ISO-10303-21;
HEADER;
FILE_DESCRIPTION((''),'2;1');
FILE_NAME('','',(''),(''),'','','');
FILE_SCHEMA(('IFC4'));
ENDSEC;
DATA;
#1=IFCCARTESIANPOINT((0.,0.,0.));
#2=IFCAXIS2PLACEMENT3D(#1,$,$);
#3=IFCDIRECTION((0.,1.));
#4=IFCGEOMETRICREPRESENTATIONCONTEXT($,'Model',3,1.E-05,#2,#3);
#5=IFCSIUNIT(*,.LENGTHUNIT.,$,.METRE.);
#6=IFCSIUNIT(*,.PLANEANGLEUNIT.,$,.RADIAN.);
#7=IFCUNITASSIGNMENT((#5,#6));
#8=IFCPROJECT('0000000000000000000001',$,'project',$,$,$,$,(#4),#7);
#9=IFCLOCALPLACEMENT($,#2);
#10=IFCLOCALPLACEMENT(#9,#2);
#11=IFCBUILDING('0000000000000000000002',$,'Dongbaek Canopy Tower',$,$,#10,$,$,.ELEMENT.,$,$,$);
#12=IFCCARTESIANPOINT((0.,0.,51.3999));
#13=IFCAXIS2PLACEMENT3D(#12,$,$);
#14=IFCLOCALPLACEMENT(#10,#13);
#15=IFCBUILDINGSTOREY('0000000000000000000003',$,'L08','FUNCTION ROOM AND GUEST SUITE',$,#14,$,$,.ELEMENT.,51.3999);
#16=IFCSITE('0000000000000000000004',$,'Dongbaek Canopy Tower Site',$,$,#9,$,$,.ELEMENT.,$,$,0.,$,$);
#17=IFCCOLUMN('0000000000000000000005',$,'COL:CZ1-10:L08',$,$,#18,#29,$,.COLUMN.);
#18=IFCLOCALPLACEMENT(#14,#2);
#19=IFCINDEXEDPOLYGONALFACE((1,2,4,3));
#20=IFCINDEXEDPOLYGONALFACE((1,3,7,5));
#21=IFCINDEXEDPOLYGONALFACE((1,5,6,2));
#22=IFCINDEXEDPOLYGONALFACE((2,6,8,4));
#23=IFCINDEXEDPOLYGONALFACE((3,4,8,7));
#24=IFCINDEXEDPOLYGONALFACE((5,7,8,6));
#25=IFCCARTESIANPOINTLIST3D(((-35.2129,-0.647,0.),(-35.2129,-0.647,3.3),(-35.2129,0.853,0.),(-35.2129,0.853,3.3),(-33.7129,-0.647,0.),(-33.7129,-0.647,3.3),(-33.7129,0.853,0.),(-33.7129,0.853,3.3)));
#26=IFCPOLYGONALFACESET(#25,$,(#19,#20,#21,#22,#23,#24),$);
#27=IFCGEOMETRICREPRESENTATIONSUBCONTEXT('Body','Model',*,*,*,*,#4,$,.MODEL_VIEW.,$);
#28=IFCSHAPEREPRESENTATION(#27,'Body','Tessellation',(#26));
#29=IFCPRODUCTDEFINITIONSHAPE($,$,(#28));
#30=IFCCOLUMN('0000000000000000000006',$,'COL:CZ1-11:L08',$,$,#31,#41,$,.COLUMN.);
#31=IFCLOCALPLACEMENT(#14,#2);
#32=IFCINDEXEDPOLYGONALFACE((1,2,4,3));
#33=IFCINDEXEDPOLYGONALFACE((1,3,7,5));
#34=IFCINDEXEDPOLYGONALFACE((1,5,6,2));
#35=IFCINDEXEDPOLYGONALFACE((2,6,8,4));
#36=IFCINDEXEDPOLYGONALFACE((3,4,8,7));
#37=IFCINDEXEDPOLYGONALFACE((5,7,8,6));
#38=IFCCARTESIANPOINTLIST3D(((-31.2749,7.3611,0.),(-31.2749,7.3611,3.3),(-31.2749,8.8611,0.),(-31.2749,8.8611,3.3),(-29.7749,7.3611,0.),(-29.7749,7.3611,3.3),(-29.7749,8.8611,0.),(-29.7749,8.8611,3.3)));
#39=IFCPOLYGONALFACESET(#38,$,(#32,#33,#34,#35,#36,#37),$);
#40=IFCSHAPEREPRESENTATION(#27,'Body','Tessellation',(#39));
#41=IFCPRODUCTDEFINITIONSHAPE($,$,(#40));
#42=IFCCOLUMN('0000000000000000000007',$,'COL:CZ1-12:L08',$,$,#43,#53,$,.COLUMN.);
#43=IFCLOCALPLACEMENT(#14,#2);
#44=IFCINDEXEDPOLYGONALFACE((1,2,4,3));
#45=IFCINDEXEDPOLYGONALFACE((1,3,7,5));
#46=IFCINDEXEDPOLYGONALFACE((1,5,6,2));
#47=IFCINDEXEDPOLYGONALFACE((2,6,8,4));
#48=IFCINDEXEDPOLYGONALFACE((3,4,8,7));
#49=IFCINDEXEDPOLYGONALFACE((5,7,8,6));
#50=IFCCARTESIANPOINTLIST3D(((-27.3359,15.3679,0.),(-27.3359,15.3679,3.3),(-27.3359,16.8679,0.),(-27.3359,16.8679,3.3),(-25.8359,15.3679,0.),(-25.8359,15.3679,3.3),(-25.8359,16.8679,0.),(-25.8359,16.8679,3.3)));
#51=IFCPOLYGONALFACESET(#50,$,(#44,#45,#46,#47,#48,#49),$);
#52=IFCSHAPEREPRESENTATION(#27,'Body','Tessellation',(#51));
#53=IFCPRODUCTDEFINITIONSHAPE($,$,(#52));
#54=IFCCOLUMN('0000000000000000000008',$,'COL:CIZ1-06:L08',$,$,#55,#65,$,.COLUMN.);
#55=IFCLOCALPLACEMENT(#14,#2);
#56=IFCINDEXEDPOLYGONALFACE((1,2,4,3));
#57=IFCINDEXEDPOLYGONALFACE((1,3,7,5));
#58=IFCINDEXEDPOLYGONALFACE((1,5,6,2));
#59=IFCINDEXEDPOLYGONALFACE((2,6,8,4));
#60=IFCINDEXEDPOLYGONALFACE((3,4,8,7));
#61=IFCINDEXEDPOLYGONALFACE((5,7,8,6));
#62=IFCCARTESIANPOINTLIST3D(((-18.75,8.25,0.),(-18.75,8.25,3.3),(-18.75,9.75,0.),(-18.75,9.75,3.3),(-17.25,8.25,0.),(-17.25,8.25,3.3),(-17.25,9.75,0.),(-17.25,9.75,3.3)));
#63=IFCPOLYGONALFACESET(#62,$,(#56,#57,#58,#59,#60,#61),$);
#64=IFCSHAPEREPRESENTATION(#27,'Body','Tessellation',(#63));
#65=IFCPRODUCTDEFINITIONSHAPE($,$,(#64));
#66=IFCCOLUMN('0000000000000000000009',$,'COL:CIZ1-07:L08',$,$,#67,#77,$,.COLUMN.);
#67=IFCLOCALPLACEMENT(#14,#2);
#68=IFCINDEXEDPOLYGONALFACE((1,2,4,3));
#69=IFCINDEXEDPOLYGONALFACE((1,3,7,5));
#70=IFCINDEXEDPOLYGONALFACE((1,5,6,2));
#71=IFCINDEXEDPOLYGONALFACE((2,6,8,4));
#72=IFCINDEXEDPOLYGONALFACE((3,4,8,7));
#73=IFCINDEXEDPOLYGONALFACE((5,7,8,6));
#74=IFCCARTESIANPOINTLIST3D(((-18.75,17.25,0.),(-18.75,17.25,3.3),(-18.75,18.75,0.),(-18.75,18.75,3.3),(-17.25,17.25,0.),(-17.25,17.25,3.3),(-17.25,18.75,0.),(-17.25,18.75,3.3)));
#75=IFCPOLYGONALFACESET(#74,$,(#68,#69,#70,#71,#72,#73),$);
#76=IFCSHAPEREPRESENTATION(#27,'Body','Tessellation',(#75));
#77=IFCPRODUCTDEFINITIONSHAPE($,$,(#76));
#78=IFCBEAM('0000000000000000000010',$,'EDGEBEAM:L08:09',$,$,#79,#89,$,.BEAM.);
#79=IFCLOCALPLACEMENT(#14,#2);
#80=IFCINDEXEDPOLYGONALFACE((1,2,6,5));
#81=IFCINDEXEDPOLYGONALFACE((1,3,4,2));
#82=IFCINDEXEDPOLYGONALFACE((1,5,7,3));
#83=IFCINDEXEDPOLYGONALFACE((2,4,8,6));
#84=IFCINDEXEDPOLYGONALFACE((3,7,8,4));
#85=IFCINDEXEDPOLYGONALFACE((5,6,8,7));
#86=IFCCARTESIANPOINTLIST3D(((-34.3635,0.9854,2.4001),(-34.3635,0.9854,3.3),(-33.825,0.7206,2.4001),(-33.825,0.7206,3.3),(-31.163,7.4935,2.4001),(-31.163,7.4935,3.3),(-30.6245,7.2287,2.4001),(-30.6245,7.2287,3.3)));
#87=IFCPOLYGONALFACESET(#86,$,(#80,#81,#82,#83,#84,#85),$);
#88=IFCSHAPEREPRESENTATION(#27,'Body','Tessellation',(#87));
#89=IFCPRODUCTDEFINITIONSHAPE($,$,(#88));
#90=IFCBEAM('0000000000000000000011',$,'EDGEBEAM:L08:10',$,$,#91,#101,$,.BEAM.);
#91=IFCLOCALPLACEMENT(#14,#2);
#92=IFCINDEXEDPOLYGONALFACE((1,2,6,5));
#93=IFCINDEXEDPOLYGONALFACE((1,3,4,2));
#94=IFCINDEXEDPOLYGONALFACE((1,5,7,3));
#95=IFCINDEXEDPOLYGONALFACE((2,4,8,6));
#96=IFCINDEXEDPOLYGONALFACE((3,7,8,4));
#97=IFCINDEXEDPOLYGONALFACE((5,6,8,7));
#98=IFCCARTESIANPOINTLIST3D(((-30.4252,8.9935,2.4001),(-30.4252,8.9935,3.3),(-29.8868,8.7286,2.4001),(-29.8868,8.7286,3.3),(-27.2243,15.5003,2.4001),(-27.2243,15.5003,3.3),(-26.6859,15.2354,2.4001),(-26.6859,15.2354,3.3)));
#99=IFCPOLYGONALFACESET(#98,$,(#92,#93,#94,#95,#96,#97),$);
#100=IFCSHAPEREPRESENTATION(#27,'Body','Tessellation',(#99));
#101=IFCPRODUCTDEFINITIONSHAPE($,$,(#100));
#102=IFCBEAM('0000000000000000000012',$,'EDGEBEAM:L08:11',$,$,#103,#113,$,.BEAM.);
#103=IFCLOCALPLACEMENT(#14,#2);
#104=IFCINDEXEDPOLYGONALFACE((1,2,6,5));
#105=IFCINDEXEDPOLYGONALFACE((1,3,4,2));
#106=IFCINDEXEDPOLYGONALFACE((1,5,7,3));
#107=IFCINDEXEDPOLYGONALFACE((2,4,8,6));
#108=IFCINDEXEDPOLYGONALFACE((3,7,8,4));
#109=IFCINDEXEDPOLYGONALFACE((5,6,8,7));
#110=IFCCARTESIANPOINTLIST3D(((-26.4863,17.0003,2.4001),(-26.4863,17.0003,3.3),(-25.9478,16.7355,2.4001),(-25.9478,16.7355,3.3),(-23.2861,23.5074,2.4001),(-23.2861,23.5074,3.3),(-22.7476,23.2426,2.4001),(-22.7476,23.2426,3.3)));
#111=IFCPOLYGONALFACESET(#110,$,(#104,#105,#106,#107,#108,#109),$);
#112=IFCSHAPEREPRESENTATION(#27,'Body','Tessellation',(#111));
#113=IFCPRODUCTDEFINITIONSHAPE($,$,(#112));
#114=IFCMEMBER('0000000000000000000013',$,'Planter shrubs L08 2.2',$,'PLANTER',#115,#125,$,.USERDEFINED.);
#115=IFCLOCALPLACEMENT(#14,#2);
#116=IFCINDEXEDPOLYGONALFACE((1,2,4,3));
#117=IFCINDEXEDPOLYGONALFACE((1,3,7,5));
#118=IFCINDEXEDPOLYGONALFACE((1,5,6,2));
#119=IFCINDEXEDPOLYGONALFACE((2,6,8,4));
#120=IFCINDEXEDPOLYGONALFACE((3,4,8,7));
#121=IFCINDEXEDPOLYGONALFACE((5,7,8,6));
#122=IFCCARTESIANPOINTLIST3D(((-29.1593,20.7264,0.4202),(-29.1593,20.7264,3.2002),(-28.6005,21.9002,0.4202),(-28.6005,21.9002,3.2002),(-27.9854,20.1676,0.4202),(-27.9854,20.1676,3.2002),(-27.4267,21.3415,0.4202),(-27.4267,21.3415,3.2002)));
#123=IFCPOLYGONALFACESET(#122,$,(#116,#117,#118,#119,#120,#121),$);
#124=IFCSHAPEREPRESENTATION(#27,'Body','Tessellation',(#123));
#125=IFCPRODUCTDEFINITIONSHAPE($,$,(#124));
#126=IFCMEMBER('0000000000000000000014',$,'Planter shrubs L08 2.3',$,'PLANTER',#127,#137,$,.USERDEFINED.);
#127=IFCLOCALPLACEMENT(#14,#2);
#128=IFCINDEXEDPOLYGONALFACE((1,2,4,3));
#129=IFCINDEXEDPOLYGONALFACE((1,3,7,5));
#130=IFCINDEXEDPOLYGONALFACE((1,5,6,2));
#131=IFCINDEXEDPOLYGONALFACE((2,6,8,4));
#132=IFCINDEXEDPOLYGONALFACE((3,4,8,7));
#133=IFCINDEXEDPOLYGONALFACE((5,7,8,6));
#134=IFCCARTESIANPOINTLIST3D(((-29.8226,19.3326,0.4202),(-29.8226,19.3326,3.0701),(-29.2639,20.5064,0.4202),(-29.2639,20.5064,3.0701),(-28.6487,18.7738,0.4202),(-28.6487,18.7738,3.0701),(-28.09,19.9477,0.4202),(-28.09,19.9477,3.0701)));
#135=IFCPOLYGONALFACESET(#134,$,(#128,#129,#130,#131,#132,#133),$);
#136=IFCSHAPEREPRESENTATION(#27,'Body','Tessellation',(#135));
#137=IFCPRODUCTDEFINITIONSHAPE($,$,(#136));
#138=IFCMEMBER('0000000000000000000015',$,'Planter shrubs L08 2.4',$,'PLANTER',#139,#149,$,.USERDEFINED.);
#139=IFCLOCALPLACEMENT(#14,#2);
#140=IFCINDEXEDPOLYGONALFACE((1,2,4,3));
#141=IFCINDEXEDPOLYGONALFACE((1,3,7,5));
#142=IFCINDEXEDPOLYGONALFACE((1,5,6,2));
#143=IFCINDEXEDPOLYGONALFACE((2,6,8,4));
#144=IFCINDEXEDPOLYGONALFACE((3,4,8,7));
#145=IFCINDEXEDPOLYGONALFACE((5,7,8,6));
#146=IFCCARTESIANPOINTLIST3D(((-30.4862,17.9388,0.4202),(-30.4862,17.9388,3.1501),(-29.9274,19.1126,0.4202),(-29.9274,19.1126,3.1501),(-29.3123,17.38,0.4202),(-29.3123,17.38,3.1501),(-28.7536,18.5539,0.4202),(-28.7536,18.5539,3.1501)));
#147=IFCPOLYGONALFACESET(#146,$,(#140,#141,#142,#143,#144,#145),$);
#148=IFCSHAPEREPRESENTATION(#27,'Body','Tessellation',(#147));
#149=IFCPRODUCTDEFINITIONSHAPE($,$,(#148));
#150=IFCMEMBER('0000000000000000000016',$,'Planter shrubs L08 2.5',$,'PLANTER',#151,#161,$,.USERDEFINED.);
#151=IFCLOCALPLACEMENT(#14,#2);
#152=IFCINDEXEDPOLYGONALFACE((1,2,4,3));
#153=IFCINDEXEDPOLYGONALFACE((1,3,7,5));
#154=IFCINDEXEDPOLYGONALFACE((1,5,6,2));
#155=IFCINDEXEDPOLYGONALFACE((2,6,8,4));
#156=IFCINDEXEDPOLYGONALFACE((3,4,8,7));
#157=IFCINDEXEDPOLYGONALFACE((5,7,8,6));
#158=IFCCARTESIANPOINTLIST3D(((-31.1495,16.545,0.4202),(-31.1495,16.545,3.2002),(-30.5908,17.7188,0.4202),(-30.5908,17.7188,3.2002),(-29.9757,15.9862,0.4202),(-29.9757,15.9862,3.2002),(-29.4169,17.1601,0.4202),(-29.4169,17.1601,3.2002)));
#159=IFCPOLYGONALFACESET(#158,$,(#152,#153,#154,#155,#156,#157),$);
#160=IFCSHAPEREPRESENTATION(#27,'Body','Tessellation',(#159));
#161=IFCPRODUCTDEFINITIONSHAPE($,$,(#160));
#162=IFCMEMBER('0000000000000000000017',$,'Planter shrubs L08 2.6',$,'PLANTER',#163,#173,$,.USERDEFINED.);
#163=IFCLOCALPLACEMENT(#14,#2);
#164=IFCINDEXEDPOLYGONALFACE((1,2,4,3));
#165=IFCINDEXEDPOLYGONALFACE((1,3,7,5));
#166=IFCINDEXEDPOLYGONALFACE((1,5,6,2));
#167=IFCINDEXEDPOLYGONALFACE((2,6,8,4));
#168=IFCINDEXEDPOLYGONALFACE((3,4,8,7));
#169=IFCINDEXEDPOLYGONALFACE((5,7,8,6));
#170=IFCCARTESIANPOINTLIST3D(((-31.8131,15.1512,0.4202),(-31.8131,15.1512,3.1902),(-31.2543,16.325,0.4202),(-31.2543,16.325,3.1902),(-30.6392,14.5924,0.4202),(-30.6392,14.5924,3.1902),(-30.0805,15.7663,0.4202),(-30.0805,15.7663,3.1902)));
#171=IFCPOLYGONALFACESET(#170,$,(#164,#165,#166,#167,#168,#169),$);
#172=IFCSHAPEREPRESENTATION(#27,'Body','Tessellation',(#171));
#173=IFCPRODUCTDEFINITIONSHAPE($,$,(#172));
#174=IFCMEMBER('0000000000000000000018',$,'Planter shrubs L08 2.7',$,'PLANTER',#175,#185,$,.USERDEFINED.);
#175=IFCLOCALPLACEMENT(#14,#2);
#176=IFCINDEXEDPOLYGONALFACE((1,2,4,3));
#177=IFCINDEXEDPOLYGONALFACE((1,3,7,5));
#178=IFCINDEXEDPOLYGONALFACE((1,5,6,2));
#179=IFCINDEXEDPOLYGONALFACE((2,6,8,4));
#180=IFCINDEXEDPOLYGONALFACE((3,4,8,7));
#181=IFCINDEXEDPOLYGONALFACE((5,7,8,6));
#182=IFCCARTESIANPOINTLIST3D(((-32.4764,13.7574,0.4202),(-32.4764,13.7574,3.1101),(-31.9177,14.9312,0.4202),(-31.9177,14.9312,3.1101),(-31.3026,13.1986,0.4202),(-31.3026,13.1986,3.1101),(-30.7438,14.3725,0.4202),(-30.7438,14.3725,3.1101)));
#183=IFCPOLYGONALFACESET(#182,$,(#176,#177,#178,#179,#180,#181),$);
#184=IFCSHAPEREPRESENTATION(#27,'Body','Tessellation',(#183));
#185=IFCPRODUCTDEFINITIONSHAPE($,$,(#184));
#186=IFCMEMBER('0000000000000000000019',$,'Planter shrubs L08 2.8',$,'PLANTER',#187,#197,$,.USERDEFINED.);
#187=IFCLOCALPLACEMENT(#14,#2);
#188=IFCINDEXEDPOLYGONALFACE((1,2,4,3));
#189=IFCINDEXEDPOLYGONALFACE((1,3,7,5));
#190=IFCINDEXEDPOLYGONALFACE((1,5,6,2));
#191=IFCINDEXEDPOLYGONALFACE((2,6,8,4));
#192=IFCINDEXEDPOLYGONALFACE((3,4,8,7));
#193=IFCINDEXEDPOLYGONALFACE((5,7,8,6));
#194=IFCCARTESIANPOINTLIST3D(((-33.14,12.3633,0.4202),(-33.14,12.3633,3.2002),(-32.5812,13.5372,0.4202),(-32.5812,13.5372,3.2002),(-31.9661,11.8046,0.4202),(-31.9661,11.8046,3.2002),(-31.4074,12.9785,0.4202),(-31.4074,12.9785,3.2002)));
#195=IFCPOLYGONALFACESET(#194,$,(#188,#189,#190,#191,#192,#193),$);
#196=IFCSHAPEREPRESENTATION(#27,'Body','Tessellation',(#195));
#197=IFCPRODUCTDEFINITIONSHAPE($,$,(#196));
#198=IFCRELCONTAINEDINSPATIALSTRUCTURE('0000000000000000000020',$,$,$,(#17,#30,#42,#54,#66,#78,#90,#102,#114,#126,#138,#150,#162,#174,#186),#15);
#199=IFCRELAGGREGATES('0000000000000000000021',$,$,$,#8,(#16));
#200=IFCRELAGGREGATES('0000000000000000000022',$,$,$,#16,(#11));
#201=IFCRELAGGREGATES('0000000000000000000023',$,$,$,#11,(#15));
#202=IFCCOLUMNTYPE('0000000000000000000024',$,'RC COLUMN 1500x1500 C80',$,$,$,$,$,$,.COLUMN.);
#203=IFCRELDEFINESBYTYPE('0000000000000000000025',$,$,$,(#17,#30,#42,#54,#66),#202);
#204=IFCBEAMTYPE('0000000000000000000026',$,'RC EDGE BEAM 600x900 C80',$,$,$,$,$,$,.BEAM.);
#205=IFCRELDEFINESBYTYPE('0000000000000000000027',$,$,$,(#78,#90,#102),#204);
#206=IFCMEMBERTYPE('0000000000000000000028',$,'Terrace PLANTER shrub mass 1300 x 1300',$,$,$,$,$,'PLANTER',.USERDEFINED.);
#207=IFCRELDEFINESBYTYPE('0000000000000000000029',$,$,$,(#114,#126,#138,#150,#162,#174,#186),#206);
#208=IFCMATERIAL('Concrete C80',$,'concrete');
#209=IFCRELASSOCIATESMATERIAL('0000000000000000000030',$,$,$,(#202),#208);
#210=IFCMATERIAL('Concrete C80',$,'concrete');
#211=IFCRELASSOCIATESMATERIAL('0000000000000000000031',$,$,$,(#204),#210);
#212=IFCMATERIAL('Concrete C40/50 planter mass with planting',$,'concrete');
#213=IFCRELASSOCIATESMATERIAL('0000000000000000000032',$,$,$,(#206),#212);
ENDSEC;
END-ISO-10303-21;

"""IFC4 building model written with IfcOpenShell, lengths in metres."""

from ifc_helpers import new_model, si_unit, direction, frame, origin, origin_2d, place, context, subcontext, project, spatial, rectangle, extrude, material, material_profile, profile_set, type_object, element, save


model = new_model("IFC4")

# Units and contexts
model_context = context("Model", 3, precision=1e-05, world=origin(), true_north=direction((0.0, 1.0)))
body_context = subcontext(model_context, "Body", "Model", "MODEL_VIEW")
ifc_project = project(units=[si_unit("LENGTHUNIT", "METRE"), si_unit("PLANEANGLEUNIT", "RADIAN")], contexts=[model_context])

# Site, building, storey
site_placement = place(None, origin())
site = spatial("IfcSite", under=ifc_project, at=site_placement, Name="Dongbaek Canopy Tower Site", CompositionType="ELEMENT", RefElevation=0.0)
building_placement = place(site_placement, origin())
building = spatial("IfcBuilding", under=site, at=building_placement, Name="Dongbaek Canopy Tower", CompositionType="ELEMENT")
storey_placement = place(building_placement, frame((0.0, 0.0, 51.3999)))
storey = spatial("IfcBuildingStorey", under=building, at=storey_placement, Name="L08", Description="FUNCTION ROOM AND GUEST SUITE", CompositionType="ELEMENT", Elevation=51.3999)

# Columns
ifc_material_1 = material(Name="Concrete C80", Category="concrete")
ifc_material_profile_1 = material_profile(ifc_material_1, rectangle(XDim=1.5, YDim=1.5, at=origin_2d()), Name="RC COLUMN 1500x1500 C80")
ifc_profile_set_1 = profile_set([ifc_material_profile_1], Name="Concrete C80")
column_type = type_object("IfcColumnType", Name="RC COLUMN 1500x1500 C80", PredefinedType="COLUMN", material=ifc_profile_set_1)
for number, where, z_axis, x_axis, name in (
    (1, (-34.4629, 0.103, 0.0), (0.0, 0.0, 1.0), (1.0, 0.0, 0.0), "COL:CZ1-10:L08"),
    (2, (-30.5249, 8.1111, 0.0), (0.0, 0.0, 1.0), (1.0, 0.0, 0.0), "COL:CZ1-11:L08"),
    (3, (-26.5859, 16.1179, 0.0), (0.0, 0.0, 1.0), (1.0, 0.0, 0.0), "COL:CZ1-12:L08"),
    (4, (-18.0, 9.0, 0.0), (0.0, 0.0, 1.0), (1.0, 0.0, 0.0), "COL:CIZ1-06:L08"),
    (5, (-18.0, 18.0, 0.0), (0.0, 0.0, 1.0), (1.0, 0.0, 0.0), "COL:CIZ1-07:L08"),
):
    element("IfcColumn", number, at=place(storey_placement, frame(where, z_axis=z_axis, x_axis=x_axis)), inside=storey, type_object=column_type, Name=name, PredefinedType="COLUMN", context=body_context, shape_type="SweptSolid", body=[
        extrude(rectangle(XDim=1.5, YDim=1.5, at=origin_2d()), origin(), (0.0, 0.0, 1.0), 3.3),
    ])

# Beams
ifc_material_2 = material(Name="Concrete C80", Category="concrete")
ifc_material_profile_2 = material_profile(ifc_material_2, rectangle(XDim=0.6001, YDim=0.8999, at=origin_2d()), Name="RC EDGE BEAM 600x900 C80")
ifc_profile_set_2 = profile_set([ifc_material_profile_2], Name="Concrete C80")
beam_type = type_object("IfcBeamType", Name="RC EDGE BEAM 600x900 C80", PredefinedType="BEAM", material=ifc_profile_set_2)
beam_placement = place(storey_placement, frame((-34.0942, 0.853, 2.8501), z_axis=(0.441293, 0.897363, 0.0), x_axis=(-0.897363, 0.441293, 0.0)))
element("IfcBeam", 6, at=beam_placement, inside=storey, type_object=beam_type, Name="EDGEBEAM:L08:09", PredefinedType="BEAM", context=body_context, shape_type="SweptSolid", body=[
    extrude(rectangle(XDim=0.6001, YDim=0.8999, at=origin_2d()), origin(), (0.0, 0.0, 1.0), 7.2524),
])
for number, where, z_axis, x_axis, name in (
    (7, (-30.156, 8.8611, 2.8501), (0.441413, 0.897304, 0.0), (-0.897304, 0.441413, 0.0), "EDGEBEAM:L08:10"),
    (8, (-26.217, 16.8679, 2.8501), (0.441319, 0.89735, 0.0), (-0.89735, 0.441319, 0.0), "EDGEBEAM:L08:11"),
):
    element("IfcBeam", number, at=place(storey_placement, frame(where, z_axis=z_axis, x_axis=x_axis)), inside=storey, type_object=beam_type, Name=name, PredefinedType="BEAM", context=body_context, shape_type="SweptSolid", body=[
        extrude(rectangle(XDim=0.6001, YDim=0.8999, at=origin_2d()), origin(), (0.0, 0.0, 1.0), 7.2515),
    ])

# Members
ifc_material_3 = material(Name="Concrete C40/50 planter mass with planting", Category="concrete")
ifc_material_profile_3 = material_profile(ifc_material_3, rectangle(XDim=1.3, YDim=1.3, at=origin_2d()), Name="Terrace PLANTER shrub mass 1300 x 1300")
ifc_profile_set_3 = profile_set([ifc_material_profile_3], Name="Concrete C40/50 planter mass with planting")
member_type = type_object("IfcMemberType", Name="Terrace PLANTER shrub mass 1300 x 1300", ElementType="PLANTER", PredefinedType="USERDEFINED", material=ifc_profile_set_3)
member_1_placement = place(storey_placement, frame((-28.293, 21.0339, 0.4202), z_axis=(0.0, 0.0, 1.0), x_axis=(-0.902929, 0.42979, 0.0)))
element("IfcMember", 9, at=member_1_placement, inside=storey, type_object=member_type, Name="Planter shrubs L08 2.2", ObjectType="PLANTER", PredefinedType="USERDEFINED", context=body_context, shape_type="SweptSolid", body=[
    extrude(rectangle(XDim=1.3, YDim=1.3, at=origin_2d()), origin(), (0.0, 0.0, 1.0), 2.78),
])
member_2_placement = place(storey_placement, frame((-28.9563, 19.6401, 0.4202), z_axis=(0.0, 0.0, 1.0), x_axis=(-0.902929, 0.42979, 0.0)))
element("IfcMember", 10, at=member_2_placement, inside=storey, type_object=member_type, Name="Planter shrubs L08 2.3", ObjectType="PLANTER", PredefinedType="USERDEFINED", context=body_context, shape_type="SweptSolid", body=[
    extrude(rectangle(XDim=1.3, YDim=1.3, at=origin_2d()), origin(), (0.0, 0.0, 1.0), 2.6499),
])
member_3_placement = place(storey_placement, frame((-29.6199, 18.2463, 0.4202), z_axis=(0.0, 0.0, 1.0), x_axis=(-0.902929, 0.42979, 0.0)))
element("IfcMember", 11, at=member_3_placement, inside=storey, type_object=member_type, Name="Planter shrubs L08 2.4", ObjectType="PLANTER", PredefinedType="USERDEFINED", context=body_context, shape_type="SweptSolid", body=[
    extrude(rectangle(XDim=1.3, YDim=1.3, at=origin_2d()), origin(), (0.0, 0.0, 1.0), 2.73),
])
member_4_placement = place(storey_placement, frame((-30.2832, 16.8525, 0.4202), z_axis=(0.0, 0.0, 1.0), x_axis=(-0.902929, 0.42979, 0.0)))
element("IfcMember", 12, at=member_4_placement, inside=storey, type_object=member_type, Name="Planter shrubs L08 2.5", ObjectType="PLANTER", PredefinedType="USERDEFINED", context=body_context, shape_type="SweptSolid", body=[
    extrude(rectangle(XDim=1.3, YDim=1.3, at=origin_2d()), origin(), (0.0, 0.0, 1.0), 2.78),
])
member_5_placement = place(storey_placement, frame((-30.9468, 15.4587, 0.4202), z_axis=(0.0, 0.0, 1.0), x_axis=(-0.902929, 0.42979, 0.0)))
element("IfcMember", 13, at=member_5_placement, inside=storey, type_object=member_type, Name="Planter shrubs L08 2.6", ObjectType="PLANTER", PredefinedType="USERDEFINED", context=body_context, shape_type="SweptSolid", body=[
    extrude(rectangle(XDim=1.3, YDim=1.3, at=origin_2d()), origin(), (0.0, 0.0, 1.0), 2.77),
])
member_6_placement = place(storey_placement, frame((-31.6101, 14.0649, 0.4202), z_axis=(0.0, 0.0, 1.0), x_axis=(-0.902929, 0.42979, 0.0)))
element("IfcMember", 14, at=member_6_placement, inside=storey, type_object=member_type, Name="Planter shrubs L08 2.7", ObjectType="PLANTER", PredefinedType="USERDEFINED", context=body_context, shape_type="SweptSolid", body=[
    extrude(rectangle(XDim=1.3, YDim=1.3, at=origin_2d()), origin(), (0.0, 0.0, 1.0), 2.6899),
])
member_7_placement = place(storey_placement, frame((-32.2737, 12.6709, 0.4202), z_axis=(0.0, 0.0, 1.0), x_axis=(-0.902929, 0.42979, 0.0)))
element("IfcMember", 15, at=member_7_placement, inside=storey, type_object=member_type, Name="Planter shrubs L08 2.8", ObjectType="PLANTER", PredefinedType="USERDEFINED", context=body_context, shape_type="SweptSolid", body=[
    extrude(rectangle(XDim=1.3, YDim=1.3, at=origin_2d()), origin(), (0.0, 0.0, 1.0), 2.78),
])

save(model, "model.ifc")
